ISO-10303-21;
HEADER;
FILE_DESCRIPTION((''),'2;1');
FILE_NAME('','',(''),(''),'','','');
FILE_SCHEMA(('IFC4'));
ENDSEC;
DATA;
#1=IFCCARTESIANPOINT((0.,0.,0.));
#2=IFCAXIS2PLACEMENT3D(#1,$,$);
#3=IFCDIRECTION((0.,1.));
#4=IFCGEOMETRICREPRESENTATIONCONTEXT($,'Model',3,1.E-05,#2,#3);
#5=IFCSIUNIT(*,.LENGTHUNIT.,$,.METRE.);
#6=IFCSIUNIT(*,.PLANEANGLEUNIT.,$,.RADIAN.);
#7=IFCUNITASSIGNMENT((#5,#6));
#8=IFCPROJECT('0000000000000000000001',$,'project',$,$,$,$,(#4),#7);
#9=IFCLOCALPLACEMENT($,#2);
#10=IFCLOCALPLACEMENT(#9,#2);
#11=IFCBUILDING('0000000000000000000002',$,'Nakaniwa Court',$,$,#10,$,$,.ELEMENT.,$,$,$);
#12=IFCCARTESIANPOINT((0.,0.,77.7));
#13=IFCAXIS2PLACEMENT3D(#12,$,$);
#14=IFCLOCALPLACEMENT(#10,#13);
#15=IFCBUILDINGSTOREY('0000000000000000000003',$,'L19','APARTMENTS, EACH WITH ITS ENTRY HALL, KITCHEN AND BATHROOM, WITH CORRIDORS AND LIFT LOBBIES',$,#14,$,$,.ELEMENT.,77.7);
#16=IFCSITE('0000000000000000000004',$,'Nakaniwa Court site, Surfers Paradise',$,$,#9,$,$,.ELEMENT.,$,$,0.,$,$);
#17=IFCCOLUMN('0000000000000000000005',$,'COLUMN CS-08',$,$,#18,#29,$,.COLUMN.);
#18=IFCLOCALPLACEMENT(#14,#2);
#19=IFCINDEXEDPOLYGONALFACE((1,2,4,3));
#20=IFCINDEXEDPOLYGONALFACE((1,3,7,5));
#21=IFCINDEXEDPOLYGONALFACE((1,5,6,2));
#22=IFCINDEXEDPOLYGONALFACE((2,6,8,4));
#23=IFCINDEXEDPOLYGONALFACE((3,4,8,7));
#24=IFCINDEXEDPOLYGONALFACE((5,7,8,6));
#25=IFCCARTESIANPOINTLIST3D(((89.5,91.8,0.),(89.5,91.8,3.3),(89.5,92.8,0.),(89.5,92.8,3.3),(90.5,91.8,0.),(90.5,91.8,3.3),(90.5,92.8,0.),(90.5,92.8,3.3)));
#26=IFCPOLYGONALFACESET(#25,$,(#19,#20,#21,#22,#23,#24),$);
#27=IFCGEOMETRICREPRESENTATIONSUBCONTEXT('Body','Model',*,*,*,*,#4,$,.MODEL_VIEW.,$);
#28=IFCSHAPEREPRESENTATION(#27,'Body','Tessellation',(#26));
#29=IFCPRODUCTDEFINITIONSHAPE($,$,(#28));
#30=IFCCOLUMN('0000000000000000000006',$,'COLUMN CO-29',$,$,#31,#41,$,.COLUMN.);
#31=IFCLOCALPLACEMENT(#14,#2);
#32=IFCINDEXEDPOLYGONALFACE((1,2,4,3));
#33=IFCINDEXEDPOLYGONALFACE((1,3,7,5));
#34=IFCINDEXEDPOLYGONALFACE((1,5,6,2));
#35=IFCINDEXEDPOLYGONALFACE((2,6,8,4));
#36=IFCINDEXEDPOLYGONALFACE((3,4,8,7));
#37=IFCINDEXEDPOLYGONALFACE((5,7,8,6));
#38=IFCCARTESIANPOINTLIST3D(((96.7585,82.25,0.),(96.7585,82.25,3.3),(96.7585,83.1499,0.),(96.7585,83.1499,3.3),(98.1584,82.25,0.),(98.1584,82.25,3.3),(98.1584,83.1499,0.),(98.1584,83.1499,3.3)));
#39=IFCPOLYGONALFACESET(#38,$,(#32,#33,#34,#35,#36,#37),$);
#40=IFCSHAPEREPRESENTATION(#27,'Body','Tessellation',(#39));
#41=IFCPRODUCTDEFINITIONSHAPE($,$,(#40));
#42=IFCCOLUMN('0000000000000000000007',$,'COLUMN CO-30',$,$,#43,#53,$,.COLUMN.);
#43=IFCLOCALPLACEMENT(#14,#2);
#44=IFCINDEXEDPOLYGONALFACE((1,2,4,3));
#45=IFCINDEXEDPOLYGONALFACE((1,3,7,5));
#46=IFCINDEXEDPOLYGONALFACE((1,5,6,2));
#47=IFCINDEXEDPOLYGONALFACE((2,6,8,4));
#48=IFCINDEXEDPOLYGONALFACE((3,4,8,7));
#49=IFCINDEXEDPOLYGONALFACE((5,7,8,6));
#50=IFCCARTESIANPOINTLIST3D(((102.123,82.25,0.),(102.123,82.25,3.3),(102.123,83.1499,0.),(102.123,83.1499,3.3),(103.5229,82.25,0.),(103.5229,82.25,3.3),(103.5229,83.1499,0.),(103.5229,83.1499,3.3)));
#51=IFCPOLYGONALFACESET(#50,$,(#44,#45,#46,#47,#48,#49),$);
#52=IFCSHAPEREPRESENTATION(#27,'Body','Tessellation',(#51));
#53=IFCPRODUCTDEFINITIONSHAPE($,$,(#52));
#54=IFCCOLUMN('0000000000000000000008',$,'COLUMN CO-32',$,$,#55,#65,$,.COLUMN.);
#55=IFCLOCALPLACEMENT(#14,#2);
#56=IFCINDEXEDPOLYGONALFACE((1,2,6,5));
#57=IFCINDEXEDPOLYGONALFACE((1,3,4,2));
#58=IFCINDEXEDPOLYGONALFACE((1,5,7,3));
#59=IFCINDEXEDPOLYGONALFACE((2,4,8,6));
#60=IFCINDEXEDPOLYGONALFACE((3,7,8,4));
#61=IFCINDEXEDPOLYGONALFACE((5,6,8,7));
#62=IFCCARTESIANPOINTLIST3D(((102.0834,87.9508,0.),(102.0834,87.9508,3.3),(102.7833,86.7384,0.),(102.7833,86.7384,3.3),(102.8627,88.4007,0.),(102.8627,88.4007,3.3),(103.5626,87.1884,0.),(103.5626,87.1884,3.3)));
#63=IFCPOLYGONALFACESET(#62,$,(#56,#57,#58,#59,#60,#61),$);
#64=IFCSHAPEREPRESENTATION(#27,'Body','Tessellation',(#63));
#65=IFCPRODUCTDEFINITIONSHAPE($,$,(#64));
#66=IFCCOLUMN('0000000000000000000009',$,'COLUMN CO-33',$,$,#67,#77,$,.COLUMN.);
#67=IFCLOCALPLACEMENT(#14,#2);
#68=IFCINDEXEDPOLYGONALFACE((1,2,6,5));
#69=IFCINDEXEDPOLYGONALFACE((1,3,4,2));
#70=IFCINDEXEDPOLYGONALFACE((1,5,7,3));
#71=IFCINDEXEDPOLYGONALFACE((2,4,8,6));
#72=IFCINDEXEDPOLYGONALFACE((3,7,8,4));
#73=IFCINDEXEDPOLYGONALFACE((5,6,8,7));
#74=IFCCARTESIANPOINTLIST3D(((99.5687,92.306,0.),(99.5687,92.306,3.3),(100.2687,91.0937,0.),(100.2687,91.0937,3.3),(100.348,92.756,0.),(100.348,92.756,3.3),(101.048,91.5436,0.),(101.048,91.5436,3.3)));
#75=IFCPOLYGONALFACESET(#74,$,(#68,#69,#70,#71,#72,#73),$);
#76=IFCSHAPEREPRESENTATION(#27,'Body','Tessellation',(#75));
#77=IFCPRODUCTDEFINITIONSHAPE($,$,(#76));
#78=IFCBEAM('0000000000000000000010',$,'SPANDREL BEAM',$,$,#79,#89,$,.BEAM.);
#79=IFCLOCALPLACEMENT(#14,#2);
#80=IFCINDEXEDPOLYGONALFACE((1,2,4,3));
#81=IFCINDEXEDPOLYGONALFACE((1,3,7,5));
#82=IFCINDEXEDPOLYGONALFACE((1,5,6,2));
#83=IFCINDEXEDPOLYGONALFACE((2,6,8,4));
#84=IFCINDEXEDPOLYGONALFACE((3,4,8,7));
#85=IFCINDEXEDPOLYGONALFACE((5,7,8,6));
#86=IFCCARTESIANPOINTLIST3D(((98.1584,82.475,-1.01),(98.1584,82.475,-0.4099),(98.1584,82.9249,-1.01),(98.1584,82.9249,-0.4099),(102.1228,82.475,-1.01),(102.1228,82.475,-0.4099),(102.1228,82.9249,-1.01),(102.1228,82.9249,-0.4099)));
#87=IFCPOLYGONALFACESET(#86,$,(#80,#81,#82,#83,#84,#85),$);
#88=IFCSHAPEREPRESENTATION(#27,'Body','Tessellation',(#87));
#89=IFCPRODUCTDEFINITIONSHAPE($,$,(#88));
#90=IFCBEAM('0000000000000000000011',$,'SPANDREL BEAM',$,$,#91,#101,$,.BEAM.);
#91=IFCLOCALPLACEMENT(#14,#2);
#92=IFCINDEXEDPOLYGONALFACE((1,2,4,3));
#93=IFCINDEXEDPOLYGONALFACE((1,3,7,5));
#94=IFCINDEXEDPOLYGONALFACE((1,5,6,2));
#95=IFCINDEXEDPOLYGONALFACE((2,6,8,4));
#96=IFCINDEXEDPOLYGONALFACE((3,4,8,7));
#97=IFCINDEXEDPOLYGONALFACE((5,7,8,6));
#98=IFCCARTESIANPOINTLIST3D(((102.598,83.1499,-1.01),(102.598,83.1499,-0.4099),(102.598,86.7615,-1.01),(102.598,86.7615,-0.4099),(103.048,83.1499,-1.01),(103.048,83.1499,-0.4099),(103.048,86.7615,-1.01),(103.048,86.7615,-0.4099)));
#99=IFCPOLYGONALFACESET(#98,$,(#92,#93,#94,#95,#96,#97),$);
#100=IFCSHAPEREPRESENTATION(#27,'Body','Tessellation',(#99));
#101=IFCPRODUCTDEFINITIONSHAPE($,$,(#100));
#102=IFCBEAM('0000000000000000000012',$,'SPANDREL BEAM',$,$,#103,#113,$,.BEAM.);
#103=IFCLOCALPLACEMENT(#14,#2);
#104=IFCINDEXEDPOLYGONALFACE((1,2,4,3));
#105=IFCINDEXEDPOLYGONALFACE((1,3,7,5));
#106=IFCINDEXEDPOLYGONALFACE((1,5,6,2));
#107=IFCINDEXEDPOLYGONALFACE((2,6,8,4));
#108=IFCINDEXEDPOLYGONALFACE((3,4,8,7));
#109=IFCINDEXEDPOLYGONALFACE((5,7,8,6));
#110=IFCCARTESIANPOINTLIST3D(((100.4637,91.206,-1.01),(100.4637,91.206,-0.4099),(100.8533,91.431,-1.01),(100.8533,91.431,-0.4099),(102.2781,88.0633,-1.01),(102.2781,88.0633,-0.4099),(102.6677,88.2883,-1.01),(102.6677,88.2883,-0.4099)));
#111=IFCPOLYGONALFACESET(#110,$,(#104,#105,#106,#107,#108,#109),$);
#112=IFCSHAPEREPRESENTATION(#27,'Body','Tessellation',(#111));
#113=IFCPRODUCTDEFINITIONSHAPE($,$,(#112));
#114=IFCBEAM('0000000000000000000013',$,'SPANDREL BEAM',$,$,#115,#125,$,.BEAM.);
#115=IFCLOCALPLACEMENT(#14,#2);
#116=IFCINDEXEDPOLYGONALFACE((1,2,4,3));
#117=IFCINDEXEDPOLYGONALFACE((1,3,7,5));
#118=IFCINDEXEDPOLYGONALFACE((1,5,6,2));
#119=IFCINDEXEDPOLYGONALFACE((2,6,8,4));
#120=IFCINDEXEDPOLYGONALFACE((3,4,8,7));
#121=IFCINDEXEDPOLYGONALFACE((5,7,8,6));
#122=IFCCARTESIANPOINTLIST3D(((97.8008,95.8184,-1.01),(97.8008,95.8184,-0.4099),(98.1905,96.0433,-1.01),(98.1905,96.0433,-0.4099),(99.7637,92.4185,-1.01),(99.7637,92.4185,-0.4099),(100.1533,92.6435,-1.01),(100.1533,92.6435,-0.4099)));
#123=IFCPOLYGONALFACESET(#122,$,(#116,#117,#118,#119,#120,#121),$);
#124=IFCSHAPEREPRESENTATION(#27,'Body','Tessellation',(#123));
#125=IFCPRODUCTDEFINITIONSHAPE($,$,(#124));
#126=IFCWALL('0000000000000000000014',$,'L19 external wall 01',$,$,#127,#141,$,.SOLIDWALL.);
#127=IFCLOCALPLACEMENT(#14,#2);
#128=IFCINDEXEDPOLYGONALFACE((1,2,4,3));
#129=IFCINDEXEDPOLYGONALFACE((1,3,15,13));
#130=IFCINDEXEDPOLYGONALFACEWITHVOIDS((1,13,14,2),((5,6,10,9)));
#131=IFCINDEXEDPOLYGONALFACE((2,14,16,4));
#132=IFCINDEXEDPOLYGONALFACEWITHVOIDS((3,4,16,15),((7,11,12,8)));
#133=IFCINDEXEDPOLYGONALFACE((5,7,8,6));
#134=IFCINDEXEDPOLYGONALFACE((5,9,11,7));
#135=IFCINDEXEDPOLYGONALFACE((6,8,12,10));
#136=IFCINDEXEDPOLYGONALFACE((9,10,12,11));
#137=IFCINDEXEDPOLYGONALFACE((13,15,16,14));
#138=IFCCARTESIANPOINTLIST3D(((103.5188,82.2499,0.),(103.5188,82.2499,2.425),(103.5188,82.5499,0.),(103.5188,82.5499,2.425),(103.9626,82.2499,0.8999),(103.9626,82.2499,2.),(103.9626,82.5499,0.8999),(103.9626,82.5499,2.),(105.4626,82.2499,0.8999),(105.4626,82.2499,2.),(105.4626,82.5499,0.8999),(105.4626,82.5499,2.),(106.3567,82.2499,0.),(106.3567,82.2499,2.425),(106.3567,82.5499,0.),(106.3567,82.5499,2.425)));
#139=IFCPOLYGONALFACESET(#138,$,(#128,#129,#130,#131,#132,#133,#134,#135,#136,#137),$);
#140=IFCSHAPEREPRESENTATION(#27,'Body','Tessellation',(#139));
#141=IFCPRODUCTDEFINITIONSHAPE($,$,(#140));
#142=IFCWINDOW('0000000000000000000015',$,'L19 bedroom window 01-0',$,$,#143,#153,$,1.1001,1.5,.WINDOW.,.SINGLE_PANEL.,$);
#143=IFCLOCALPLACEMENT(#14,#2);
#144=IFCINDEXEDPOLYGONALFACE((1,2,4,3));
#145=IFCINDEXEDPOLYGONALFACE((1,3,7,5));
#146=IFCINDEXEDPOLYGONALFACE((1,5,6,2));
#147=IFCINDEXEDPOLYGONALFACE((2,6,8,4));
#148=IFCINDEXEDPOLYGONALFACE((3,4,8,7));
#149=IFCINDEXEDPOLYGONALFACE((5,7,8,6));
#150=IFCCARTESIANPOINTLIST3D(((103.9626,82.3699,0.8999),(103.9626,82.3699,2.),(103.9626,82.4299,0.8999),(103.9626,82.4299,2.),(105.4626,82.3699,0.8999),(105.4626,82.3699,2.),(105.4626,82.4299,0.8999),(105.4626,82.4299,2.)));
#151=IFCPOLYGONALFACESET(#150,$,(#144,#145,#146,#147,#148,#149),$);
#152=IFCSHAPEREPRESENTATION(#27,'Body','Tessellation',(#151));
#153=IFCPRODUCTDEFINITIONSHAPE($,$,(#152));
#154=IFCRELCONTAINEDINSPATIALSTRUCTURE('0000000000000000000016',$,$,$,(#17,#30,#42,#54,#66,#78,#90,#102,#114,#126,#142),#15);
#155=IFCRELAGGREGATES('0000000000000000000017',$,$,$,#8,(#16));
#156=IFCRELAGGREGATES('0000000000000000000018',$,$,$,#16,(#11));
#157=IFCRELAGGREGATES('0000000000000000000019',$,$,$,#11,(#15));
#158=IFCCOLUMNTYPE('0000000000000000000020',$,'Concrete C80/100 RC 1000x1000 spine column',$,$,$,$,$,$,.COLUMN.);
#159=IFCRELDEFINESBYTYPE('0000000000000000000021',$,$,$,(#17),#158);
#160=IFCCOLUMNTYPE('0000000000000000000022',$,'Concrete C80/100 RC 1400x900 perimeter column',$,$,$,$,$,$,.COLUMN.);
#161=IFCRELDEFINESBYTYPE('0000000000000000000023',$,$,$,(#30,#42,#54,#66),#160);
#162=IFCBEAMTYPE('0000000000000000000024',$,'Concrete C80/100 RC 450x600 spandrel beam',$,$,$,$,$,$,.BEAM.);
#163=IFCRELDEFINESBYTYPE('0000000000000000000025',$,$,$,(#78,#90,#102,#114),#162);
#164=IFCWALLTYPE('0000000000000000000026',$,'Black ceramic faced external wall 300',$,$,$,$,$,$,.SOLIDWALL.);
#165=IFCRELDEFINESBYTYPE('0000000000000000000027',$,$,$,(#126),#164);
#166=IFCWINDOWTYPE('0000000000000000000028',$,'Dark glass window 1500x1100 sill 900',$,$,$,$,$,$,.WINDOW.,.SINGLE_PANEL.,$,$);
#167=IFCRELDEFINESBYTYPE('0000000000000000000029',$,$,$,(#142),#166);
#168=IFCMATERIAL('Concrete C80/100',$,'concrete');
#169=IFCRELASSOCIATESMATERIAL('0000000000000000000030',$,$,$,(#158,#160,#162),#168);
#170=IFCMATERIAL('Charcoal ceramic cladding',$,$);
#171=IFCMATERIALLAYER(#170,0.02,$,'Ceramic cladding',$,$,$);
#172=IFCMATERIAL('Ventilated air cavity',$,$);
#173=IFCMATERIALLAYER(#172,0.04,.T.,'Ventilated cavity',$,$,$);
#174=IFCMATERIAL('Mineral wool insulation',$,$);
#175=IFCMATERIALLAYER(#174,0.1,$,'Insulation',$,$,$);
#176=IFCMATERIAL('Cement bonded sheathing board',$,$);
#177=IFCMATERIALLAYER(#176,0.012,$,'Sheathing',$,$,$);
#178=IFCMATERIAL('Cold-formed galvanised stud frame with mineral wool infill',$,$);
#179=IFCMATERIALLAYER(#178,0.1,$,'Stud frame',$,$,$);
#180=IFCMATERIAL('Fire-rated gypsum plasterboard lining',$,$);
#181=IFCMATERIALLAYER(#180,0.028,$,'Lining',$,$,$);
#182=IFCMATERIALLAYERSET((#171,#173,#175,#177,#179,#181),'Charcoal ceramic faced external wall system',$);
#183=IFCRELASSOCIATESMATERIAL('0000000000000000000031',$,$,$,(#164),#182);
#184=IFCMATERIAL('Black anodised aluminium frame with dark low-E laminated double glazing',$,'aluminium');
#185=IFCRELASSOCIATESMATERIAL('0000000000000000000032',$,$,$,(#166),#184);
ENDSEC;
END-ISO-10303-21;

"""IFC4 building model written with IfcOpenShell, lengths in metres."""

from ifc_helpers import new_model, si_unit, direction, frame, frame_2d, origin, origin_2d, place, context, subcontext, project, spatial, rectangle, extrude, material, layer, layer_set, material_profile, profile_set, type_object, element, fill, save


model = new_model("IFC4")

# Units and contexts
model_context = context("Model", 3, precision=1e-05, world=origin(), true_north=direction((0.0, 1.0)))
body_context = subcontext(model_context, "Body", "Model", "MODEL_VIEW")
ifc_project = project(units=[si_unit("LENGTHUNIT", "METRE"), si_unit("PLANEANGLEUNIT", "RADIAN")], contexts=[model_context])

# Site, building, storey
site_placement = place(None, origin())
site = spatial("IfcSite", under=ifc_project, at=site_placement, Name="Nakaniwa Court site, Surfers Paradise", CompositionType="ELEMENT", RefElevation=0.0)
building_placement = place(site_placement, origin())
building = spatial("IfcBuilding", under=site, at=building_placement, Name="Nakaniwa Court", CompositionType="ELEMENT")
storey_placement = place(building_placement, frame((0.0, 0.0, 77.7)))
storey = spatial("IfcBuildingStorey", under=building, at=storey_placement, Name="L19", Description="APARTMENTS, EACH WITH ITS ENTRY HALL, KITCHEN AND BATHROOM, WITH CORRIDORS AND LIFT LOBBIES", CompositionType="ELEMENT", Elevation=77.7)

# Columns
ifc_material_1 = material(Name="Concrete C80/100", Category="concrete")
ifc_material_profile_1 = material_profile(ifc_material_1, rectangle(XDim=1.0, YDim=1.0, at=origin_2d()), Name="Concrete C80/100 RC 1000x1000 spine column")
ifc_profile_set_1 = profile_set([ifc_material_profile_1], Name="Concrete C80/100")
column_type_1 = type_object("IfcColumnType", Name="Concrete C80/100 RC 1000x1000 spine column", PredefinedType="COLUMN", material=ifc_profile_set_1)
column_placement = place(storey_placement, frame((90.0, 92.3, 0.0), z_axis=(0.0, 0.0, 1.0), x_axis=(0.0, 1.0, 0.0)))
element("IfcColumn", 1, at=column_placement, inside=storey, type_object=column_type_1, Name="COLUMN CS-08", PredefinedType="COLUMN", context=body_context, shape_type="SweptSolid", body=[
    extrude(rectangle(XDim=1.0, YDim=1.0, at=origin_2d()), origin(), (0.0, 0.0, 1.0), 3.3),
])
ifc_material_profile_2 = material_profile(ifc_material_1, rectangle(XDim=1.3999, YDim=0.8999, at=origin_2d()), Name="Concrete C80/100 RC 1400x900 perimeter column")
ifc_profile_set_2 = profile_set([ifc_material_profile_2], Name="Concrete C80/100")
column_type_2 = type_object("IfcColumnType", Name="Concrete C80/100 RC 1400x900 perimeter column", PredefinedType="COLUMN", material=ifc_profile_set_2)
for number, where, z_axis, x_axis, name in (
    (2, (97.4585, 82.7, 0.0), (0.0, 0.0, 1.0), (1.0, 0.0, 0.0), "COLUMN CO-29"),
    (3, (102.823, 82.7, 0.0), (0.0, 0.0, 1.0), (1.0, 0.0, 0.0), "COLUMN CO-30"),
    (4, (102.823, 87.5696, 0.0), (0.0, 0.0, 1.0), (-0.5, 0.866025, 0.0), "COLUMN CO-32"),
    (5, (100.3083, 91.9248, 0.0), (0.0, 0.0, 1.0), (-0.5, 0.866025, 0.0), "COLUMN CO-33"),
):
    element("IfcColumn", number, at=place(storey_placement, frame(where, z_axis=z_axis, x_axis=x_axis)), inside=storey, type_object=column_type_2, Name=name, PredefinedType="COLUMN", context=body_context, shape_type="SweptSolid", body=[
        extrude(rectangle(XDim=1.3999, YDim=0.8999, at=origin_2d()), origin(), (0.0, 0.0, 1.0), 3.3),
    ])

# Beams
ifc_material_profile_3 = material_profile(ifc_material_1, rectangle(XDim=0.45, YDim=0.6001, at=origin_2d()), Name="Concrete C80/100 RC 450x600 spandrel beam")
ifc_profile_set_3 = profile_set([ifc_material_profile_3], Name="Concrete C80/100")
beam_type = type_object("IfcBeamType", Name="Concrete C80/100 RC 450x600 spandrel beam", PredefinedType="BEAM", material=ifc_profile_set_3)
beam_1_placement = place(storey_placement, frame((98.1584, 82.7, -0.71), z_axis=(1.0, 0.0, 0.0), x_axis=(0.0, 1.0, 0.0)))
element("IfcBeam", 6, at=beam_1_placement, inside=storey, type_object=beam_type, Name="SPANDREL BEAM", PredefinedType="BEAM", context=body_context, shape_type="SweptSolid", body=[
    extrude(rectangle(XDim=0.45, YDim=0.6001, at=origin_2d()), origin(), (0.0, 0.0, 1.0), 3.9644),
])
beam_2_placement = place(storey_placement, frame((102.823, 83.1499, -0.71), z_axis=(0.0, 1.0, 0.0), x_axis=(-1.0, 0.0, 0.0)))
element("IfcBeam", 7, at=beam_2_placement, inside=storey, type_object=beam_type, Name="SPANDREL BEAM", PredefinedType="BEAM", context=body_context, shape_type="SweptSolid", body=[
    extrude(rectangle(XDim=0.45, YDim=0.6001, at=origin_2d()), origin(), (0.0, 0.0, 1.0), 3.6116),
])
beam_3_placement = place(storey_placement, frame((102.4729, 88.1758, -0.71), z_axis=(-0.499988, 0.866032, 0.0), x_axis=(-0.866032, -0.499988, 0.0)))
element("IfcBeam", 8, at=beam_3_placement, inside=storey, type_object=beam_type, Name="SPANDREL BEAM", PredefinedType="BEAM", context=body_context, shape_type="SweptSolid", body=[
    extrude(rectangle(XDim=0.45, YDim=0.6001, at=origin_2d()), origin(), (0.0, 0.0, 1.0), 3.6289),
])
beam_4_placement = place(storey_placement, frame((99.9585, 92.531, -0.71), z_axis=(-0.499992, 0.86603, 0.0), x_axis=(-0.86603, -0.499992, 0.0)))
element("IfcBeam", 9, at=beam_4_placement, inside=storey, type_object=beam_type, Name="SPANDREL BEAM", PredefinedType="BEAM", context=body_context, shape_type="SweptSolid", body=[
    extrude(rectangle(XDim=0.45, YDim=0.6001, at=origin_2d()), origin(), (0.0, 0.0, 1.0), 3.9258),
])

# Wall, opening, window
ifc_material_2 = material(Name="Charcoal ceramic cladding")
ifc_layer_1 = layer(ifc_material_2, 0.02, Name="Ceramic cladding")
ifc_material_3 = material(Name="Ventilated air cavity")
ifc_layer_2 = layer(ifc_material_3, 0.04, ventilated=True, Name="Ventilated cavity")
ifc_material_4 = material(Name="Mineral wool insulation")
ifc_layer_3 = layer(ifc_material_4, 0.1, Name="Insulation")
ifc_material_5 = material(Name="Cement bonded sheathing board")
ifc_layer_4 = layer(ifc_material_5, 0.012, Name="Sheathing")
ifc_material_6 = material(Name="Cold-formed galvanised stud frame with mineral wool infill")
ifc_layer_5 = layer(ifc_material_6, 0.1, Name="Stud frame")
ifc_material_7 = material(Name="Fire-rated gypsum plasterboard lining")
ifc_layer_6 = layer(ifc_material_7, 0.028, Name="Lining")
ifc_layer_set_1 = layer_set([ifc_layer_1, ifc_layer_2, ifc_layer_3, ifc_layer_4, ifc_layer_5, ifc_layer_6], Name="Charcoal ceramic faced external wall system")
wall_type_1 = type_object("IfcWallType", Name="Black ceramic faced external wall 300", PredefinedType="SOLIDWALL", material=ifc_layer_set_1)
wall_1_placement = place(storey_placement, frame((103.5188, 82.3999, 0.0), z_axis=(0.0, 0.0, 1.0), x_axis=(1.0, 0.0, 0.0)))
wall_1 = element("IfcWall", 10, at=wall_1_placement, inside=storey, type_object=wall_type_1, Name="L19 external wall 01", PredefinedType="SOLIDWALL", context=body_context, shape_type="SweptSolid", body=[
    extrude(rectangle(XDim=2.8379, YDim=0.3, at=frame_2d((1.4189, 0.0))), origin(), (0.0, 0.0, 1.0), 2.425),
])
opening_1_placement = place(wall_1_placement, frame((0.4438, 0.0, 0.8999)))
opening_1 = element("IfcOpeningElement", 11, at=opening_1_placement, cuts=wall_1, PredefinedType="OPENING", context=body_context, shape_type="SweptSolid", body=[
    extrude(rectangle(XDim=1.5, YDim=1.1001, at=frame_2d((0.75, 0.55))), frame((0.0, 0.1599, 0.0), z_axis=(0.0, -1.0, 0.0), x_axis=(1.0, 0.0, 0.0)), (0.0, 0.0, 1.0), 0.3201),
])
ifc_material_8 = material(Name="Black anodised aluminium frame with dark low-E laminated double glazing", Category="aluminium")
window_type_1 = type_object("IfcWindowType", Name="Dark glass window 1500x1100 sill 900", PartitioningType="SINGLE_PANEL", PredefinedType="WINDOW", material=ifc_material_8)
window_1_placement = place(opening_1_placement, origin())
window_1 = element("IfcWindow", 12, at=window_1_placement, inside=storey, type_object=window_type_1, Name="L19 bedroom window 01-0", OverallHeight=1.1001, OverallWidth=1.5, PartitioningType="SINGLE_PANEL", PredefinedType="WINDOW", context=body_context, shape_type="SweptSolid", body=[
    extrude(rectangle(XDim=1.5, YDim=1.1001, at=frame_2d((0.75, 0.55))), frame((0.0, 0.03, 0.0), z_axis=(0.0, -1.0, 0.0), x_axis=(1.0, 0.0, 0.0)), (0.0, 0.0, 1.0), 0.0601),
])
fill(opening_1, window_1)

save(model, "model.ifc")
